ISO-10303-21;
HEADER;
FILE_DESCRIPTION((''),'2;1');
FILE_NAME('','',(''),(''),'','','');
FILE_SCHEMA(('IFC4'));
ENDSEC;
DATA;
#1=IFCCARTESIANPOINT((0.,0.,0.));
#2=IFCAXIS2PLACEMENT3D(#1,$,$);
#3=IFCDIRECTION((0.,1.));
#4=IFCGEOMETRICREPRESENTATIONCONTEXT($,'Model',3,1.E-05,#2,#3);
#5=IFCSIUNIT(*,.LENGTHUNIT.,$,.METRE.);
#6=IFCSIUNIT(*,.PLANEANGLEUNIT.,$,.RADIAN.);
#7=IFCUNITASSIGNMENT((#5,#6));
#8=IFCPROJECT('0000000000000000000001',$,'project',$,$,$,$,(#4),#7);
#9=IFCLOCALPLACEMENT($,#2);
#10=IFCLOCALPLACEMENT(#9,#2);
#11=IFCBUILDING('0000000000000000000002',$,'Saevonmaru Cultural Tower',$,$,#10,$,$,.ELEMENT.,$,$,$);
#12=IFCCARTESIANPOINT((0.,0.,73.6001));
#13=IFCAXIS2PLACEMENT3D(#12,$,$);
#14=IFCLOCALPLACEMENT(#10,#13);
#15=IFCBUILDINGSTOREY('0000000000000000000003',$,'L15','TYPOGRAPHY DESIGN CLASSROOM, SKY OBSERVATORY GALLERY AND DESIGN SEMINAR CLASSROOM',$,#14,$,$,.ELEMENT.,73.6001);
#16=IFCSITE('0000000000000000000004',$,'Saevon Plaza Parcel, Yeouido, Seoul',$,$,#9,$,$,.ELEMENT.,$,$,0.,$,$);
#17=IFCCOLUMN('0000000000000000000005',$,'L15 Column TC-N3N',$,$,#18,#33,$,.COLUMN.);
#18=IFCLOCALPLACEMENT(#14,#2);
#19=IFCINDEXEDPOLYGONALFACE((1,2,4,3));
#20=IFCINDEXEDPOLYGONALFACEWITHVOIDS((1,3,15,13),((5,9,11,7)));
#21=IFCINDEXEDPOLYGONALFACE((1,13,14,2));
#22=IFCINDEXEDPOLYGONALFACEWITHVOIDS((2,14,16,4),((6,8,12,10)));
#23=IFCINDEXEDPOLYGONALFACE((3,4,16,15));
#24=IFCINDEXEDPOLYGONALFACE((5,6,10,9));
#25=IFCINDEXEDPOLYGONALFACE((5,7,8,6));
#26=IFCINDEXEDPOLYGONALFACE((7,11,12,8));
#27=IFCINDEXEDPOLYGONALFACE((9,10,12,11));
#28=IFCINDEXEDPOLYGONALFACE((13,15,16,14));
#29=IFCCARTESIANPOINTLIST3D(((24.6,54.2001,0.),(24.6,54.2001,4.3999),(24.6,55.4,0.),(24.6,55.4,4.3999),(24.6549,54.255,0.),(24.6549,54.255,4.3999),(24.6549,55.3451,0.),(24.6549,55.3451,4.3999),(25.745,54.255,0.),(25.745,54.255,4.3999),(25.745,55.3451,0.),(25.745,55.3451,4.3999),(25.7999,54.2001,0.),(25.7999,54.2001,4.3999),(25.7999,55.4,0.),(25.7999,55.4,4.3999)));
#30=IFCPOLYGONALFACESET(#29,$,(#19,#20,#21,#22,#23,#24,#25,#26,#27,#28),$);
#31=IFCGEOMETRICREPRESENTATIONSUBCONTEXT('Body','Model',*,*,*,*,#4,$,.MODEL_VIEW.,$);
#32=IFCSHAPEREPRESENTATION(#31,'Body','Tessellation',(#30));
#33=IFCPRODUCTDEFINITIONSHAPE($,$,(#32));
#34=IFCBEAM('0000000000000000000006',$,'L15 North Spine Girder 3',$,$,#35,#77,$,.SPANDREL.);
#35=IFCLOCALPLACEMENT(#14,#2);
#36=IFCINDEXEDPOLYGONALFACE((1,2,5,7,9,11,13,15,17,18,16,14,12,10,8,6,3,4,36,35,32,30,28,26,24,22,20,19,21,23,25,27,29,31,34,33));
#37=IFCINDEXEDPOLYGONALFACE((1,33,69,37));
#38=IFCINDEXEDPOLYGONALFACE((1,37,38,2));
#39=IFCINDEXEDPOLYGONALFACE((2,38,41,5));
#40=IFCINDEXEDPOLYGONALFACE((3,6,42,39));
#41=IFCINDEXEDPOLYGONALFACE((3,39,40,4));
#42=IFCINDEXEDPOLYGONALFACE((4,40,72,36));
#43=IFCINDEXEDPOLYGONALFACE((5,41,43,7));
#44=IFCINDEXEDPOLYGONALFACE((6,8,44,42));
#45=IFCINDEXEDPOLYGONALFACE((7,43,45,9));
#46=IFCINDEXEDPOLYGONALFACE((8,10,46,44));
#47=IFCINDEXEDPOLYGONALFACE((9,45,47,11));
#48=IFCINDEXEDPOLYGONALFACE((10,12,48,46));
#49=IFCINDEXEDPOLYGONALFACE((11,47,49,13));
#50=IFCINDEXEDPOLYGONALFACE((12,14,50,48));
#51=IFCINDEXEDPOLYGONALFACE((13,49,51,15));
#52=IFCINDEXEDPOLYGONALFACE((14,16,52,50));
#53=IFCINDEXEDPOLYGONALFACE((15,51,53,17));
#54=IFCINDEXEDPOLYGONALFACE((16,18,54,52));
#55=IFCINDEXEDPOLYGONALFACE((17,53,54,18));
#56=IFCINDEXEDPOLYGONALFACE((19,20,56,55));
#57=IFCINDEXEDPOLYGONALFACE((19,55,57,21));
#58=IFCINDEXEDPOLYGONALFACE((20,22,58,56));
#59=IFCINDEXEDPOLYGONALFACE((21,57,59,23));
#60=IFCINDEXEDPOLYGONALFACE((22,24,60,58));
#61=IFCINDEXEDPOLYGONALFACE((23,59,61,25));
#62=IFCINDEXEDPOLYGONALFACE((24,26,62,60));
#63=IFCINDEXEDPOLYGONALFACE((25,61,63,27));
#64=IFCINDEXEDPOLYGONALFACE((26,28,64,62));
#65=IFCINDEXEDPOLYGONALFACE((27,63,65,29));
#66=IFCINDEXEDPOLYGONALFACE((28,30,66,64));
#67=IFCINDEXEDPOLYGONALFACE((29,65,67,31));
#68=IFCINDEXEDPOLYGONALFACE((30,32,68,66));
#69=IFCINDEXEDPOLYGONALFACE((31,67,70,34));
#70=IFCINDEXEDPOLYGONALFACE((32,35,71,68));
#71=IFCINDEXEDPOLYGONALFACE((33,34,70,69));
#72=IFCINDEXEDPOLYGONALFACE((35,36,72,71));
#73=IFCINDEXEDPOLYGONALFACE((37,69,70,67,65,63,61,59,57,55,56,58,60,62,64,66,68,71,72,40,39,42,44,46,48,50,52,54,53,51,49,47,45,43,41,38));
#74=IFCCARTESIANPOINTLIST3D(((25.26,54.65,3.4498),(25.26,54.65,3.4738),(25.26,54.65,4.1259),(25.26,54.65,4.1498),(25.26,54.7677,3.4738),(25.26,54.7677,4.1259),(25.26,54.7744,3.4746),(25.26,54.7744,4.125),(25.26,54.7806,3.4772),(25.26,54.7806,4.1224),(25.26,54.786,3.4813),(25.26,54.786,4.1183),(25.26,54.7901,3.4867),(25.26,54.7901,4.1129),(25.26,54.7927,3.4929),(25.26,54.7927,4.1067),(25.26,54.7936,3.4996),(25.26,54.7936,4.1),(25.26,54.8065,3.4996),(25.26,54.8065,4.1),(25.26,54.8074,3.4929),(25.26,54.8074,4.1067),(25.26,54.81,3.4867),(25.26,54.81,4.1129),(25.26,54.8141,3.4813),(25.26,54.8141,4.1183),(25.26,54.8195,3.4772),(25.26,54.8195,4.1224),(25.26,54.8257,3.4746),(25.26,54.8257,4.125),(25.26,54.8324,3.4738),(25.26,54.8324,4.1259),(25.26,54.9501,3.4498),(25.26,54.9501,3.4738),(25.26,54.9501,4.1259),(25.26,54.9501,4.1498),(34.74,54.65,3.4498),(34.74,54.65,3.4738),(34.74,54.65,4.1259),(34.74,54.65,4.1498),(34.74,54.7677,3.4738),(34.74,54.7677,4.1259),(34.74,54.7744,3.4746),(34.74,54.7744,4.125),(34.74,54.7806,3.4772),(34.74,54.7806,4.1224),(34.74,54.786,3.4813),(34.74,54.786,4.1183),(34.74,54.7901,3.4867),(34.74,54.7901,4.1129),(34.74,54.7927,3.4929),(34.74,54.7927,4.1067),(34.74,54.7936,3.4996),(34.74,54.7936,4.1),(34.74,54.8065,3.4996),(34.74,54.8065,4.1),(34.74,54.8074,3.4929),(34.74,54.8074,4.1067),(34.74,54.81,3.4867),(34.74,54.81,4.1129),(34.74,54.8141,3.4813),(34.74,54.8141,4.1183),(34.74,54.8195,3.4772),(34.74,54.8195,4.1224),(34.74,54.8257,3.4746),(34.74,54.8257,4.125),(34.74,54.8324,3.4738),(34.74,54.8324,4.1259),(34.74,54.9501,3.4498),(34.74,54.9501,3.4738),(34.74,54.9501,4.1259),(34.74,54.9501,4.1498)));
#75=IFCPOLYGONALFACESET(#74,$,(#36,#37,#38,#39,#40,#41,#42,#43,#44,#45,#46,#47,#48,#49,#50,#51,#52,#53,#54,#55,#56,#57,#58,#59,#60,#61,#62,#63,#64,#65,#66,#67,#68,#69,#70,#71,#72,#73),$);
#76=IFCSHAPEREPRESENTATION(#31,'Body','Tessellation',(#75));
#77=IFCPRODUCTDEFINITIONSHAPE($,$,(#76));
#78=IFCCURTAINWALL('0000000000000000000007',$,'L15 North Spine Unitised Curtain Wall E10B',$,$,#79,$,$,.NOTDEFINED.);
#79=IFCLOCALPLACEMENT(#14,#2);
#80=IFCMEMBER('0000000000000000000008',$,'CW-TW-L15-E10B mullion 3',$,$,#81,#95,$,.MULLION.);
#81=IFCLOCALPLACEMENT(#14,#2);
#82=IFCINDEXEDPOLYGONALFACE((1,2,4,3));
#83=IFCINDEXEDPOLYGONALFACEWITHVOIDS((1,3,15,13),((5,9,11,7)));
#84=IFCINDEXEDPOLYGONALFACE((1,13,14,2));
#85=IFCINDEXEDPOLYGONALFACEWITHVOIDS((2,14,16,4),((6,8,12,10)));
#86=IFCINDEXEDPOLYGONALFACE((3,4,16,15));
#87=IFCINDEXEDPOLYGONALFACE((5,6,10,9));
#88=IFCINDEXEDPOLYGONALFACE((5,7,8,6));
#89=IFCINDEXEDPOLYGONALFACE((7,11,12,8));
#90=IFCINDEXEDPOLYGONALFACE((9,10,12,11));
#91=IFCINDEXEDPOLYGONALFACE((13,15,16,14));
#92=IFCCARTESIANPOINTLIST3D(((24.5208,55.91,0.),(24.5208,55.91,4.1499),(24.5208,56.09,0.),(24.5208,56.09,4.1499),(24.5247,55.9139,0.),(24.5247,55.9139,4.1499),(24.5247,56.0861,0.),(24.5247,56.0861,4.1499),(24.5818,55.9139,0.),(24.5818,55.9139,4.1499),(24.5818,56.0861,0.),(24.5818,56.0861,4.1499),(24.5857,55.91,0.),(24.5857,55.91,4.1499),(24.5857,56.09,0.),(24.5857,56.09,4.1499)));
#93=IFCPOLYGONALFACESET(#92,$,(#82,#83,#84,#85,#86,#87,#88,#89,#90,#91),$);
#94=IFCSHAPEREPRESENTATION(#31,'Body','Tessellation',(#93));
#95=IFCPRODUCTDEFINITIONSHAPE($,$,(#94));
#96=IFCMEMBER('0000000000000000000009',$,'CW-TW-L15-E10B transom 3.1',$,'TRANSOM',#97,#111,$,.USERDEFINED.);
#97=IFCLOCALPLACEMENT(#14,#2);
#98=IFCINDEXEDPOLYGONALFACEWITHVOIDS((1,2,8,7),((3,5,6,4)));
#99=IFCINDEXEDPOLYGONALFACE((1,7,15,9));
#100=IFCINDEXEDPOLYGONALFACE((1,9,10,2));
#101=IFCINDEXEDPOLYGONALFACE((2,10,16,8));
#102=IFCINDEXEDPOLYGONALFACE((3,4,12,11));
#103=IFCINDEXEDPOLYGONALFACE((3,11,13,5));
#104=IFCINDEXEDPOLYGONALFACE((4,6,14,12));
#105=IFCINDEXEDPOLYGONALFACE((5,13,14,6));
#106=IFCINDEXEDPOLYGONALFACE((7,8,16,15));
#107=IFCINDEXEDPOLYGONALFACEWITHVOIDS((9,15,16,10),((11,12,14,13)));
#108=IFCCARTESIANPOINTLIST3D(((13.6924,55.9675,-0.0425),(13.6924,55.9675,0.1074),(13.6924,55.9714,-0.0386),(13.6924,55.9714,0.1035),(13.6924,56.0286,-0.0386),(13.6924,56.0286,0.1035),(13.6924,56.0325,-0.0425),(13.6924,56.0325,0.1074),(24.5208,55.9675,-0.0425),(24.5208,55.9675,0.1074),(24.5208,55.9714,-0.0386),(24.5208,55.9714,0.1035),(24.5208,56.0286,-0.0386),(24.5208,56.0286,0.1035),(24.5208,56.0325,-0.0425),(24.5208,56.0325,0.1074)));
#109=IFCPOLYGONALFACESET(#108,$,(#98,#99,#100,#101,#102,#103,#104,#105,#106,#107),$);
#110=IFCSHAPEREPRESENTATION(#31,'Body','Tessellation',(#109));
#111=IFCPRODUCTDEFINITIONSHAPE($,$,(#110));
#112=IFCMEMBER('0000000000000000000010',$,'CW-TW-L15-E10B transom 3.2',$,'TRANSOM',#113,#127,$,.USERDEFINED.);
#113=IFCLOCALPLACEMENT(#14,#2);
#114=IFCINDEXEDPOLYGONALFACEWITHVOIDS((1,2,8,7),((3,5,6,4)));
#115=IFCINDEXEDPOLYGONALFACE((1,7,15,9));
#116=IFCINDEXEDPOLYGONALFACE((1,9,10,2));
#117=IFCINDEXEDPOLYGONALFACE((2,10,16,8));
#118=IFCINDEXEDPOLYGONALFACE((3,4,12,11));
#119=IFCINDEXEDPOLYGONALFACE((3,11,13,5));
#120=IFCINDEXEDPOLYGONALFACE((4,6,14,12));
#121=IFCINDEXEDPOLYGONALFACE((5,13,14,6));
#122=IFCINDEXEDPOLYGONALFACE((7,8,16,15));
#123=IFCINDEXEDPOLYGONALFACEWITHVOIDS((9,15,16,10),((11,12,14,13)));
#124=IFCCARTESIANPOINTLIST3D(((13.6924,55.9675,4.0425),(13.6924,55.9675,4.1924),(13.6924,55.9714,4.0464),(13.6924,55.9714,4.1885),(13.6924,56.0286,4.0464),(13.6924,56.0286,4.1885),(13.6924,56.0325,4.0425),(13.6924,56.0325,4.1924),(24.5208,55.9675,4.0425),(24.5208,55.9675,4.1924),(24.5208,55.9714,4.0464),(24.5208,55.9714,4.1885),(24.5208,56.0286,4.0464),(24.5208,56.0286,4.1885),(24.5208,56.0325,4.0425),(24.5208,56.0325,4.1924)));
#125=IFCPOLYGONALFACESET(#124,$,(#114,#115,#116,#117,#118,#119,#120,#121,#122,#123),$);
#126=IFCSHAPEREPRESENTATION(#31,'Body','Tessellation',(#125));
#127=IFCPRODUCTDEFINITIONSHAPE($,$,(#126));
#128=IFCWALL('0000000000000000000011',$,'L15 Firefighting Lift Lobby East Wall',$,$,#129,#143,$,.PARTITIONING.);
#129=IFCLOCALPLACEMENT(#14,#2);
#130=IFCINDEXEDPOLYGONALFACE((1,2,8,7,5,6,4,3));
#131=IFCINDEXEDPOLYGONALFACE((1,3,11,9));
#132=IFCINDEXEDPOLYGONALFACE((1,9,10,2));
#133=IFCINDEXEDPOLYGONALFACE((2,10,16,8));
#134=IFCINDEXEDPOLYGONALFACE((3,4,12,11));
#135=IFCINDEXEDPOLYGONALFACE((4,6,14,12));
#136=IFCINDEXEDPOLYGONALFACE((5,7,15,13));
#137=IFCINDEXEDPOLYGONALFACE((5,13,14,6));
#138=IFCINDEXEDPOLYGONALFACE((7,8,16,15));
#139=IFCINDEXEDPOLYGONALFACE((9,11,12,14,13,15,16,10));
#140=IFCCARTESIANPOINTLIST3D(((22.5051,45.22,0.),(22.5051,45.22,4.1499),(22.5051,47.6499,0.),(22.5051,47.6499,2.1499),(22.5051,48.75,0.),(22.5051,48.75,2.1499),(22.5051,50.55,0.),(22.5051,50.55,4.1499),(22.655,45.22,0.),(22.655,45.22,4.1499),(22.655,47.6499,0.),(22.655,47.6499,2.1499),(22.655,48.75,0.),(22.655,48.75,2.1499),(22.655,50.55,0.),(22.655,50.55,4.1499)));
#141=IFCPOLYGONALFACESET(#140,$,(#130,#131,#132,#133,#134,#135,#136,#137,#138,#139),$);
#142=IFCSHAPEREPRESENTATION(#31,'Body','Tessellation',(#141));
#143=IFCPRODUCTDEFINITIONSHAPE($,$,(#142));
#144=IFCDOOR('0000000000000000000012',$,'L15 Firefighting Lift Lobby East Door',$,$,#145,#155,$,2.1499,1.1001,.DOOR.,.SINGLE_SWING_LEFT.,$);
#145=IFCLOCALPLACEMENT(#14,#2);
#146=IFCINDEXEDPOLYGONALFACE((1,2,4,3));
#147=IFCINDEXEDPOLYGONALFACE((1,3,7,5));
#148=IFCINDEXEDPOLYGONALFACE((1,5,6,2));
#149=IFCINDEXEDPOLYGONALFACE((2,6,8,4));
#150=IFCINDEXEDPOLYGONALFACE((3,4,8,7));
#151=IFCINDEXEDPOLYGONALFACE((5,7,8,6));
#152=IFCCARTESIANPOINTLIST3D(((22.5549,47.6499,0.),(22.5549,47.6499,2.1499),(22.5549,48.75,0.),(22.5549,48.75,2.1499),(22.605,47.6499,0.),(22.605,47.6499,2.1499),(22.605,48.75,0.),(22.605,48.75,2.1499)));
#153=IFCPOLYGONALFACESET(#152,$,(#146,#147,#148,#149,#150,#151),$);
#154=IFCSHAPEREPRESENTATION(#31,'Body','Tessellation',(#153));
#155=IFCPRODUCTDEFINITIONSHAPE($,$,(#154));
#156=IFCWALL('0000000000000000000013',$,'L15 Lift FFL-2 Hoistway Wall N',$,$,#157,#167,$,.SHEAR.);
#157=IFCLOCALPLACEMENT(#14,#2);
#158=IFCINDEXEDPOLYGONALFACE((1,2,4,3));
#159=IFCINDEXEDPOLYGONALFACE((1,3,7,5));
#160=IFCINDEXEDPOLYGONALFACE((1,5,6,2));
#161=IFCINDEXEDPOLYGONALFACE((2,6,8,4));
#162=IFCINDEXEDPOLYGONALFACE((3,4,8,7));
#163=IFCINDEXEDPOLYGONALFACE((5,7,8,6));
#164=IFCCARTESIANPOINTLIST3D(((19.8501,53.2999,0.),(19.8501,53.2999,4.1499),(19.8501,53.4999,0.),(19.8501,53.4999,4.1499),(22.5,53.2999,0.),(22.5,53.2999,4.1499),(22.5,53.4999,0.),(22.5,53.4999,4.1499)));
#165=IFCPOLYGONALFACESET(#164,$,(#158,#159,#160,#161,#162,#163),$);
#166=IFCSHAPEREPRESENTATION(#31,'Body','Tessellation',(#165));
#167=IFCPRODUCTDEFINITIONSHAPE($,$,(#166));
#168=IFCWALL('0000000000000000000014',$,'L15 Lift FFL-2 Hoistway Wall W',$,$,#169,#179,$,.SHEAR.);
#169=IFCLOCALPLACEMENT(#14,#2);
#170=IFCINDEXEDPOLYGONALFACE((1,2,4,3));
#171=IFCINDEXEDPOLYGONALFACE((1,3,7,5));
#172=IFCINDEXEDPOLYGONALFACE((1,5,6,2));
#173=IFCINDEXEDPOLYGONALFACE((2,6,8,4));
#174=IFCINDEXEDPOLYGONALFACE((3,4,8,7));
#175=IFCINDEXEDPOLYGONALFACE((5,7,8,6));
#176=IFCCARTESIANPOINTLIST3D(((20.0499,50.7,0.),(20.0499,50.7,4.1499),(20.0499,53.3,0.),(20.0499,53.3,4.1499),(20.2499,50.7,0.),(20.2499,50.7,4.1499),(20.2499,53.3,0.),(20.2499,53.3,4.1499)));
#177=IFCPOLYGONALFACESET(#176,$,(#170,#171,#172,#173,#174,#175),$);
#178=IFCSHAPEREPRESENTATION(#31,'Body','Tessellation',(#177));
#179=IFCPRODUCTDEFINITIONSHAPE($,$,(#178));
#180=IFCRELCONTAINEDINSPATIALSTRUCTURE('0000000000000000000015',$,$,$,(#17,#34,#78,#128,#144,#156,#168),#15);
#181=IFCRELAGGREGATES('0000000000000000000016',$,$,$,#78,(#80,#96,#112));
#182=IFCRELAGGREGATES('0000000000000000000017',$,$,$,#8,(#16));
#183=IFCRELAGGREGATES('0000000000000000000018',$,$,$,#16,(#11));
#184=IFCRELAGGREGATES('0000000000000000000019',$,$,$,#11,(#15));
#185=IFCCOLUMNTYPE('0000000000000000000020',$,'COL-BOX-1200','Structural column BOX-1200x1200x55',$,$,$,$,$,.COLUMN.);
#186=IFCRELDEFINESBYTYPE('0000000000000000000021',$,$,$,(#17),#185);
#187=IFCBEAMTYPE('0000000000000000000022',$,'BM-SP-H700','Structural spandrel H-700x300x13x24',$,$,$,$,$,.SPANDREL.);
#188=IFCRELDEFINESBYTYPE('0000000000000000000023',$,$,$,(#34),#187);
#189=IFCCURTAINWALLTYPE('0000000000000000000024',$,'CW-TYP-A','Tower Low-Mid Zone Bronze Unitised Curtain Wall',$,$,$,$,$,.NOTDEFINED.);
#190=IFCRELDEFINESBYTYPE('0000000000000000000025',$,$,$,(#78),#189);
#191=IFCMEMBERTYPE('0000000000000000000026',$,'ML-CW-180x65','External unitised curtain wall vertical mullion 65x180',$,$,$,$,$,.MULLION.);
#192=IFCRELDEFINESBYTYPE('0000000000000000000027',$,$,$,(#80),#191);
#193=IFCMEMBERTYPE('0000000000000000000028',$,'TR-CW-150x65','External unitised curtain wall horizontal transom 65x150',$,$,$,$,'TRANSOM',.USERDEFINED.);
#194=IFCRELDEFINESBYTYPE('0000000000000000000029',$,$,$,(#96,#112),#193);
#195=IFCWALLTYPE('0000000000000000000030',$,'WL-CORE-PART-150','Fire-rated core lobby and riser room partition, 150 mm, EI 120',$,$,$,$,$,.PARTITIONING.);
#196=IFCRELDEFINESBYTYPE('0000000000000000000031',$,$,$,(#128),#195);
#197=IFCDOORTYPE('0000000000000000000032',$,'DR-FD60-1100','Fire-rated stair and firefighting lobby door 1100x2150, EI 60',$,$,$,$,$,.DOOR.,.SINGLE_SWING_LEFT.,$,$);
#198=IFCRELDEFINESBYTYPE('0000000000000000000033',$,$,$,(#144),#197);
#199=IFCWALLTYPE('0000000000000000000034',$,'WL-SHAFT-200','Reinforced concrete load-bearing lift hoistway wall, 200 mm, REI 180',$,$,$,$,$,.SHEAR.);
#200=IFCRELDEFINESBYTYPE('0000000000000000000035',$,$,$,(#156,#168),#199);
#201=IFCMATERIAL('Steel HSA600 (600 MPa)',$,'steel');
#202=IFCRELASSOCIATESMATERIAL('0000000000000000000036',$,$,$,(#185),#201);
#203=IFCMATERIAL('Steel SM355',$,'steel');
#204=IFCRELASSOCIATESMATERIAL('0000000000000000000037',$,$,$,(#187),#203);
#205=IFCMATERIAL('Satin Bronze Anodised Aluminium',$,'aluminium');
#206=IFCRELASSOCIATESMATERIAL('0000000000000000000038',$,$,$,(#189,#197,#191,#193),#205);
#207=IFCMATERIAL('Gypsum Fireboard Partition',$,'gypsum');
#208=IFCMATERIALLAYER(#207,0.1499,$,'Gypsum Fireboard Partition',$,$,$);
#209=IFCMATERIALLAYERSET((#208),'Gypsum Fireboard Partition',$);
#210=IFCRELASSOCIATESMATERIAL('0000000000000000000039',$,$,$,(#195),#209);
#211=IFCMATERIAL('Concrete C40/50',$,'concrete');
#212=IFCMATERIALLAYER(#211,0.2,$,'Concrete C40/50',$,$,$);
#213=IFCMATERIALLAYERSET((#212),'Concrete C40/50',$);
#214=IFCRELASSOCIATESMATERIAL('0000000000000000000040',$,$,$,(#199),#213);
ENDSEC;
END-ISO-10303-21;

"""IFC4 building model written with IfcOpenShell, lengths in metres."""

from ifc_helpers import new_model, si_unit, direction, frame, frame_2d, origin, origin_2d, place, context, subcontext, project, spatial, rectangle, hollow_rectangle, i_section, extrude, material, layer, layer_set, material_profile, profile_set, type_object, element, fill, aggregate, save


model = new_model("IFC4")

# Units and contexts
model_context = context("Model", 3, precision=1e-05, world=origin(), true_north=direction((0.0, 1.0)))
body_context = subcontext(model_context, "Body", "Model", "MODEL_VIEW")
ifc_project = project(units=[si_unit("LENGTHUNIT", "METRE"), si_unit("PLANEANGLEUNIT", "RADIAN")], contexts=[model_context])

# Site, building, storey
site_placement = place(None, origin())
site = spatial("IfcSite", under=ifc_project, at=site_placement, Name="Saevon Plaza Parcel, Yeouido, Seoul", CompositionType="ELEMENT", RefElevation=0.0)
building_placement = place(site_placement, origin())
building = spatial("IfcBuilding", under=site, at=building_placement, Name="Saevonmaru Cultural Tower", CompositionType="ELEMENT")
storey_placement = place(building_placement, frame((0.0, 0.0, 73.6001)))
storey = spatial("IfcBuildingStorey", under=building, at=storey_placement, Name="L15", Description="TYPOGRAPHY DESIGN CLASSROOM, SKY OBSERVATORY GALLERY AND DESIGN SEMINAR CLASSROOM", CompositionType="ELEMENT", Elevation=73.6001)

# Column
ifc_material_1 = material(Name="Steel HSA600 (600 MPa)", Category="steel")
ifc_material_profile_1 = material_profile(ifc_material_1, hollow_rectangle(XDim=1.2, YDim=1.2, WallThickness=0.0549, at=origin_2d()), Name="BOX-1200x1200x55")
ifc_profile_set_1 = profile_set([ifc_material_profile_1], Name="Steel HSA600 (600 MPa)")
column_type = type_object("IfcColumnType", Name="COL-BOX-1200", Description="Structural column BOX-1200x1200x55", PredefinedType="COLUMN", material=ifc_profile_set_1)
column_placement = place(storey_placement, frame((25.2, 54.8, 0.0), z_axis=(0.0, 0.0, 1.0), x_axis=(1.0, 0.0, 0.0)))
element("IfcColumn", 1, at=column_placement, inside=storey, type_object=column_type, Name="L15 Column TC-N3N", PredefinedType="COLUMN", context=body_context, shape_type="SweptSolid", body=[
    extrude(hollow_rectangle(XDim=1.2, YDim=1.2, WallThickness=0.0549, at=origin_2d()), origin(), (0.0, 0.0, 1.0), 4.3999),
])

# Beam
ifc_material_2 = material(Name="Steel SM355", Category="steel")
ifc_material_profile_2 = material_profile(ifc_material_2, i_section(OverallWidth=0.3, OverallDepth=0.7, WebThickness=0.0129, FlangeThickness=0.0239, FilletRadius=0.0259, at=origin_2d()), Name="H-700x300x13x24")
ifc_profile_set_2 = profile_set([ifc_material_profile_2], Name="Steel SM355")
beam_type = type_object("IfcBeamType", Name="BM-SP-H700", Description="Structural spandrel H-700x300x13x24", PredefinedType="SPANDREL", material=ifc_profile_set_2)
beam_placement = place(storey_placement, frame((25.26, 54.8, 3.7998), z_axis=(1.0, 0.0, 0.0), x_axis=(0.0, 1.0, 0.0)))
element("IfcBeam", 2, at=beam_placement, inside=storey, type_object=beam_type, Name="L15 North Spine Girder 3", PredefinedType="SPANDREL", context=body_context, shape_type="SweptSolid", body=[
    extrude(i_section(OverallWidth=0.3, OverallDepth=0.7, WebThickness=0.0129, FlangeThickness=0.0239, FilletRadius=0.0259, at=origin_2d()), origin(), (0.0, 0.0, 1.0), 9.48),
])

# Curtain wall, members
ifc_material_3 = material(Name="Satin Bronze Anodised Aluminium", Category="aluminium")
curtain_wall_type = type_object("IfcCurtainWallType", Name="CW-TYP-A", Description="Tower Low-Mid Zone Bronze Unitised Curtain Wall", PredefinedType="NOTDEFINED", material=ifc_material_3)
curtain_wall_placement = place(storey_placement, origin())
curtain_wall = element("IfcCurtainWall", 3, at=curtain_wall_placement, inside=storey, type_object=curtain_wall_type, Name="L15 North Spine Unitised Curtain Wall E10B", PredefinedType="NOTDEFINED")
ifc_material_profile_3 = material_profile(ifc_material_3, hollow_rectangle(XDim=0.0649, YDim=0.1799, WallThickness=0.0039, at=origin_2d()), Name="ALU-MULL-180x65x4")
ifc_profile_set_3 = profile_set([ifc_material_profile_3], Name="Satin Bronze Anodised Aluminium")
member_type_1 = type_object("IfcMemberType", Name="ML-CW-180x65", Description="External unitised curtain wall vertical mullion 65x180", PredefinedType="MULLION", material=ifc_profile_set_3)
member_1_placement = place(storey_placement, frame((24.5532, 56.0, 0.0), z_axis=(0.0, 0.0, 1.0), x_axis=(-1.0, 0.0, 0.0)))
member_1 = element("IfcMember", 4, at=member_1_placement, type_object=member_type_1, Name="CW-TW-L15-E10B mullion 3", PredefinedType="MULLION", context=body_context, shape_type="SweptSolid", body=[
    extrude(hollow_rectangle(XDim=0.0649, YDim=0.1799, WallThickness=0.0039, at=origin_2d()), origin(), (0.0, 0.0, 1.0), 4.1499),
])
ifc_material_profile_4 = material_profile(ifc_material_3, hollow_rectangle(XDim=0.0649, YDim=0.1499, WallThickness=0.0039, at=origin_2d()), Name="ALU-TRAN-150x65x4")
ifc_profile_set_4 = profile_set([ifc_material_profile_4], Name="Satin Bronze Anodised Aluminium")
member_type_2 = type_object("IfcMemberType", Name="TR-CW-150x65", Description="External unitised curtain wall horizontal transom 65x150", ElementType="TRANSOM", PredefinedType="USERDEFINED", material=ifc_profile_set_4)
member_2_placement = place(storey_placement, frame((24.5208, 56.0, 0.0325), z_axis=(-1.0, 0.0, 0.0), x_axis=(0.0, -1.0, 0.0)))
member_2 = element("IfcMember", 5, at=member_2_placement, type_object=member_type_2, Name="CW-TW-L15-E10B transom 3.1", ObjectType="TRANSOM", PredefinedType="USERDEFINED", context=body_context, shape_type="SweptSolid", body=[
    extrude(hollow_rectangle(XDim=0.0649, YDim=0.1499, WallThickness=0.0039, at=origin_2d()), origin(), (0.0, 0.0, 1.0), 10.8284),
])
member_3_placement = place(storey_placement, frame((24.5208, 56.0, 4.1174), z_axis=(-1.0, 0.0, 0.0), x_axis=(0.0, -1.0, 0.0)))
member_3 = element("IfcMember", 6, at=member_3_placement, type_object=member_type_2, Name="CW-TW-L15-E10B transom 3.2", ObjectType="TRANSOM", PredefinedType="USERDEFINED", context=body_context, shape_type="SweptSolid", body=[
    extrude(hollow_rectangle(XDim=0.0649, YDim=0.1499, WallThickness=0.0039, at=origin_2d()), origin(), (0.0, 0.0, 1.0), 10.8284),
])
aggregate(curtain_wall, [member_1, member_2, member_3])

# Wall, opening, door
ifc_material_4 = material(Name="Gypsum Fireboard Partition", Category="gypsum")
ifc_layer_1 = layer(ifc_material_4, 0.1499, Name="Gypsum Fireboard Partition")
ifc_layer_set_1 = layer_set([ifc_layer_1], Name="Gypsum Fireboard Partition")
wall_type_1 = type_object("IfcWallType", Name="WL-CORE-PART-150", Description="Fire-rated core lobby and riser room partition, 150 mm, EI 120", PredefinedType="PARTITIONING", material=ifc_layer_set_1)
wall_1_placement = place(storey_placement, frame((22.5801, 50.55, 0.0), z_axis=(0.0, 0.0, 1.0), x_axis=(0.0, -1.0, 0.0)))
wall_1 = element("IfcWall", 7, at=wall_1_placement, inside=storey, type_object=wall_type_1, Name="L15 Firefighting Lift Lobby East Wall", PredefinedType="PARTITIONING", context=body_context, shape_type="SweptSolid", body=[
    extrude(rectangle(XDim=5.3301, YDim=0.1499, at=frame_2d((2.665, 0.0))), origin(), (0.0, 0.0, 1.0), 4.1499),
])
opening_1_placement = place(wall_1_placement, frame((1.8, 0.0, 0.0)))
opening_1 = element("IfcOpeningElement", 8, at=opening_1_placement, cuts=wall_1, PredefinedType="OPENING", context=body_context, shape_type="SweptSolid", body=[
    extrude(rectangle(XDim=1.1001, YDim=2.1499, at=frame_2d((0.55, 1.075))), frame((0.0, 0.085, 0.0), z_axis=(0.0, -1.0, 0.0), x_axis=(1.0, 0.0, 0.0)), (0.0, 0.0, 1.0), 0.1699),
])
door_type_1 = type_object("IfcDoorType", Name="DR-FD60-1100", Description="Fire-rated stair and firefighting lobby door 1100x2150, EI 60", OperationType="SINGLE_SWING_LEFT", PredefinedType="DOOR", material=ifc_material_3)
door_1_placement = place(opening_1_placement, origin())
door_1 = element("IfcDoor", 9, at=door_1_placement, inside=storey, type_object=door_type_1, Name="L15 Firefighting Lift Lobby East Door", OperationType="SINGLE_SWING_LEFT", OverallHeight=2.1499, OverallWidth=1.1001, PredefinedType="DOOR", context=body_context, shape_type="SweptSolid", body=[
    extrude(rectangle(XDim=1.1001, YDim=2.1499, at=frame_2d((0.55, 1.075))), frame((0.0, 0.0249, 0.0), z_axis=(0.0, -1.0, 0.0), x_axis=(1.0, 0.0, 0.0)), (0.0, 0.0, 1.0), 0.05),
])
fill(opening_1, door_1)

# Walls
ifc_material_5 = material(Name="Concrete C40/50", Category="concrete")
ifc_layer_2 = layer(ifc_material_5, 0.2, Name="Concrete C40/50")
ifc_layer_set_2 = layer_set([ifc_layer_2], Name="Concrete C40/50")
wall_type_2 = type_object("IfcWallType", Name="WL-SHAFT-200", Description="Reinforced concrete load-bearing lift hoistway wall, 200 mm, REI 180", PredefinedType="SHEAR", material=ifc_layer_set_2)
wall_2_placement = place(storey_placement, frame((19.8501, 53.3999, 0.0), z_axis=(0.0, 0.0, 1.0), x_axis=(1.0, 0.0, 0.0)))
element("IfcWall", 10, at=wall_2_placement, inside=storey, type_object=wall_type_2, Name="L15 Lift FFL-2 Hoistway Wall N", PredefinedType="SHEAR", context=body_context, shape_type="SweptSolid", body=[
    extrude(rectangle(XDim=2.6499, YDim=0.2, at=frame_2d((1.325, 0.0))), origin(), (0.0, 0.0, 1.0), 4.1499),
])
for number, where, z_axis, x_axis, name in (
    (11, (20.1499, 50.7, 0.0), (0.0, 0.0, 1.0), (0.0, 1.0, 0.0), "L15 Lift FFL-2 Hoistway Wall W"),
):
    element("IfcWall", number, at=place(storey_placement, frame(where, z_axis=z_axis, x_axis=x_axis)), inside=storey, type_object=wall_type_2, Name=name, PredefinedType="SHEAR", context=body_context, shape_type="SweptSolid", body=[
        extrude(rectangle(XDim=2.6001, YDim=0.2, at=frame_2d((1.3, 0.0))), origin(), (0.0, 0.0, 1.0), 4.1499),
    ])

save(model, "model.ifc")
